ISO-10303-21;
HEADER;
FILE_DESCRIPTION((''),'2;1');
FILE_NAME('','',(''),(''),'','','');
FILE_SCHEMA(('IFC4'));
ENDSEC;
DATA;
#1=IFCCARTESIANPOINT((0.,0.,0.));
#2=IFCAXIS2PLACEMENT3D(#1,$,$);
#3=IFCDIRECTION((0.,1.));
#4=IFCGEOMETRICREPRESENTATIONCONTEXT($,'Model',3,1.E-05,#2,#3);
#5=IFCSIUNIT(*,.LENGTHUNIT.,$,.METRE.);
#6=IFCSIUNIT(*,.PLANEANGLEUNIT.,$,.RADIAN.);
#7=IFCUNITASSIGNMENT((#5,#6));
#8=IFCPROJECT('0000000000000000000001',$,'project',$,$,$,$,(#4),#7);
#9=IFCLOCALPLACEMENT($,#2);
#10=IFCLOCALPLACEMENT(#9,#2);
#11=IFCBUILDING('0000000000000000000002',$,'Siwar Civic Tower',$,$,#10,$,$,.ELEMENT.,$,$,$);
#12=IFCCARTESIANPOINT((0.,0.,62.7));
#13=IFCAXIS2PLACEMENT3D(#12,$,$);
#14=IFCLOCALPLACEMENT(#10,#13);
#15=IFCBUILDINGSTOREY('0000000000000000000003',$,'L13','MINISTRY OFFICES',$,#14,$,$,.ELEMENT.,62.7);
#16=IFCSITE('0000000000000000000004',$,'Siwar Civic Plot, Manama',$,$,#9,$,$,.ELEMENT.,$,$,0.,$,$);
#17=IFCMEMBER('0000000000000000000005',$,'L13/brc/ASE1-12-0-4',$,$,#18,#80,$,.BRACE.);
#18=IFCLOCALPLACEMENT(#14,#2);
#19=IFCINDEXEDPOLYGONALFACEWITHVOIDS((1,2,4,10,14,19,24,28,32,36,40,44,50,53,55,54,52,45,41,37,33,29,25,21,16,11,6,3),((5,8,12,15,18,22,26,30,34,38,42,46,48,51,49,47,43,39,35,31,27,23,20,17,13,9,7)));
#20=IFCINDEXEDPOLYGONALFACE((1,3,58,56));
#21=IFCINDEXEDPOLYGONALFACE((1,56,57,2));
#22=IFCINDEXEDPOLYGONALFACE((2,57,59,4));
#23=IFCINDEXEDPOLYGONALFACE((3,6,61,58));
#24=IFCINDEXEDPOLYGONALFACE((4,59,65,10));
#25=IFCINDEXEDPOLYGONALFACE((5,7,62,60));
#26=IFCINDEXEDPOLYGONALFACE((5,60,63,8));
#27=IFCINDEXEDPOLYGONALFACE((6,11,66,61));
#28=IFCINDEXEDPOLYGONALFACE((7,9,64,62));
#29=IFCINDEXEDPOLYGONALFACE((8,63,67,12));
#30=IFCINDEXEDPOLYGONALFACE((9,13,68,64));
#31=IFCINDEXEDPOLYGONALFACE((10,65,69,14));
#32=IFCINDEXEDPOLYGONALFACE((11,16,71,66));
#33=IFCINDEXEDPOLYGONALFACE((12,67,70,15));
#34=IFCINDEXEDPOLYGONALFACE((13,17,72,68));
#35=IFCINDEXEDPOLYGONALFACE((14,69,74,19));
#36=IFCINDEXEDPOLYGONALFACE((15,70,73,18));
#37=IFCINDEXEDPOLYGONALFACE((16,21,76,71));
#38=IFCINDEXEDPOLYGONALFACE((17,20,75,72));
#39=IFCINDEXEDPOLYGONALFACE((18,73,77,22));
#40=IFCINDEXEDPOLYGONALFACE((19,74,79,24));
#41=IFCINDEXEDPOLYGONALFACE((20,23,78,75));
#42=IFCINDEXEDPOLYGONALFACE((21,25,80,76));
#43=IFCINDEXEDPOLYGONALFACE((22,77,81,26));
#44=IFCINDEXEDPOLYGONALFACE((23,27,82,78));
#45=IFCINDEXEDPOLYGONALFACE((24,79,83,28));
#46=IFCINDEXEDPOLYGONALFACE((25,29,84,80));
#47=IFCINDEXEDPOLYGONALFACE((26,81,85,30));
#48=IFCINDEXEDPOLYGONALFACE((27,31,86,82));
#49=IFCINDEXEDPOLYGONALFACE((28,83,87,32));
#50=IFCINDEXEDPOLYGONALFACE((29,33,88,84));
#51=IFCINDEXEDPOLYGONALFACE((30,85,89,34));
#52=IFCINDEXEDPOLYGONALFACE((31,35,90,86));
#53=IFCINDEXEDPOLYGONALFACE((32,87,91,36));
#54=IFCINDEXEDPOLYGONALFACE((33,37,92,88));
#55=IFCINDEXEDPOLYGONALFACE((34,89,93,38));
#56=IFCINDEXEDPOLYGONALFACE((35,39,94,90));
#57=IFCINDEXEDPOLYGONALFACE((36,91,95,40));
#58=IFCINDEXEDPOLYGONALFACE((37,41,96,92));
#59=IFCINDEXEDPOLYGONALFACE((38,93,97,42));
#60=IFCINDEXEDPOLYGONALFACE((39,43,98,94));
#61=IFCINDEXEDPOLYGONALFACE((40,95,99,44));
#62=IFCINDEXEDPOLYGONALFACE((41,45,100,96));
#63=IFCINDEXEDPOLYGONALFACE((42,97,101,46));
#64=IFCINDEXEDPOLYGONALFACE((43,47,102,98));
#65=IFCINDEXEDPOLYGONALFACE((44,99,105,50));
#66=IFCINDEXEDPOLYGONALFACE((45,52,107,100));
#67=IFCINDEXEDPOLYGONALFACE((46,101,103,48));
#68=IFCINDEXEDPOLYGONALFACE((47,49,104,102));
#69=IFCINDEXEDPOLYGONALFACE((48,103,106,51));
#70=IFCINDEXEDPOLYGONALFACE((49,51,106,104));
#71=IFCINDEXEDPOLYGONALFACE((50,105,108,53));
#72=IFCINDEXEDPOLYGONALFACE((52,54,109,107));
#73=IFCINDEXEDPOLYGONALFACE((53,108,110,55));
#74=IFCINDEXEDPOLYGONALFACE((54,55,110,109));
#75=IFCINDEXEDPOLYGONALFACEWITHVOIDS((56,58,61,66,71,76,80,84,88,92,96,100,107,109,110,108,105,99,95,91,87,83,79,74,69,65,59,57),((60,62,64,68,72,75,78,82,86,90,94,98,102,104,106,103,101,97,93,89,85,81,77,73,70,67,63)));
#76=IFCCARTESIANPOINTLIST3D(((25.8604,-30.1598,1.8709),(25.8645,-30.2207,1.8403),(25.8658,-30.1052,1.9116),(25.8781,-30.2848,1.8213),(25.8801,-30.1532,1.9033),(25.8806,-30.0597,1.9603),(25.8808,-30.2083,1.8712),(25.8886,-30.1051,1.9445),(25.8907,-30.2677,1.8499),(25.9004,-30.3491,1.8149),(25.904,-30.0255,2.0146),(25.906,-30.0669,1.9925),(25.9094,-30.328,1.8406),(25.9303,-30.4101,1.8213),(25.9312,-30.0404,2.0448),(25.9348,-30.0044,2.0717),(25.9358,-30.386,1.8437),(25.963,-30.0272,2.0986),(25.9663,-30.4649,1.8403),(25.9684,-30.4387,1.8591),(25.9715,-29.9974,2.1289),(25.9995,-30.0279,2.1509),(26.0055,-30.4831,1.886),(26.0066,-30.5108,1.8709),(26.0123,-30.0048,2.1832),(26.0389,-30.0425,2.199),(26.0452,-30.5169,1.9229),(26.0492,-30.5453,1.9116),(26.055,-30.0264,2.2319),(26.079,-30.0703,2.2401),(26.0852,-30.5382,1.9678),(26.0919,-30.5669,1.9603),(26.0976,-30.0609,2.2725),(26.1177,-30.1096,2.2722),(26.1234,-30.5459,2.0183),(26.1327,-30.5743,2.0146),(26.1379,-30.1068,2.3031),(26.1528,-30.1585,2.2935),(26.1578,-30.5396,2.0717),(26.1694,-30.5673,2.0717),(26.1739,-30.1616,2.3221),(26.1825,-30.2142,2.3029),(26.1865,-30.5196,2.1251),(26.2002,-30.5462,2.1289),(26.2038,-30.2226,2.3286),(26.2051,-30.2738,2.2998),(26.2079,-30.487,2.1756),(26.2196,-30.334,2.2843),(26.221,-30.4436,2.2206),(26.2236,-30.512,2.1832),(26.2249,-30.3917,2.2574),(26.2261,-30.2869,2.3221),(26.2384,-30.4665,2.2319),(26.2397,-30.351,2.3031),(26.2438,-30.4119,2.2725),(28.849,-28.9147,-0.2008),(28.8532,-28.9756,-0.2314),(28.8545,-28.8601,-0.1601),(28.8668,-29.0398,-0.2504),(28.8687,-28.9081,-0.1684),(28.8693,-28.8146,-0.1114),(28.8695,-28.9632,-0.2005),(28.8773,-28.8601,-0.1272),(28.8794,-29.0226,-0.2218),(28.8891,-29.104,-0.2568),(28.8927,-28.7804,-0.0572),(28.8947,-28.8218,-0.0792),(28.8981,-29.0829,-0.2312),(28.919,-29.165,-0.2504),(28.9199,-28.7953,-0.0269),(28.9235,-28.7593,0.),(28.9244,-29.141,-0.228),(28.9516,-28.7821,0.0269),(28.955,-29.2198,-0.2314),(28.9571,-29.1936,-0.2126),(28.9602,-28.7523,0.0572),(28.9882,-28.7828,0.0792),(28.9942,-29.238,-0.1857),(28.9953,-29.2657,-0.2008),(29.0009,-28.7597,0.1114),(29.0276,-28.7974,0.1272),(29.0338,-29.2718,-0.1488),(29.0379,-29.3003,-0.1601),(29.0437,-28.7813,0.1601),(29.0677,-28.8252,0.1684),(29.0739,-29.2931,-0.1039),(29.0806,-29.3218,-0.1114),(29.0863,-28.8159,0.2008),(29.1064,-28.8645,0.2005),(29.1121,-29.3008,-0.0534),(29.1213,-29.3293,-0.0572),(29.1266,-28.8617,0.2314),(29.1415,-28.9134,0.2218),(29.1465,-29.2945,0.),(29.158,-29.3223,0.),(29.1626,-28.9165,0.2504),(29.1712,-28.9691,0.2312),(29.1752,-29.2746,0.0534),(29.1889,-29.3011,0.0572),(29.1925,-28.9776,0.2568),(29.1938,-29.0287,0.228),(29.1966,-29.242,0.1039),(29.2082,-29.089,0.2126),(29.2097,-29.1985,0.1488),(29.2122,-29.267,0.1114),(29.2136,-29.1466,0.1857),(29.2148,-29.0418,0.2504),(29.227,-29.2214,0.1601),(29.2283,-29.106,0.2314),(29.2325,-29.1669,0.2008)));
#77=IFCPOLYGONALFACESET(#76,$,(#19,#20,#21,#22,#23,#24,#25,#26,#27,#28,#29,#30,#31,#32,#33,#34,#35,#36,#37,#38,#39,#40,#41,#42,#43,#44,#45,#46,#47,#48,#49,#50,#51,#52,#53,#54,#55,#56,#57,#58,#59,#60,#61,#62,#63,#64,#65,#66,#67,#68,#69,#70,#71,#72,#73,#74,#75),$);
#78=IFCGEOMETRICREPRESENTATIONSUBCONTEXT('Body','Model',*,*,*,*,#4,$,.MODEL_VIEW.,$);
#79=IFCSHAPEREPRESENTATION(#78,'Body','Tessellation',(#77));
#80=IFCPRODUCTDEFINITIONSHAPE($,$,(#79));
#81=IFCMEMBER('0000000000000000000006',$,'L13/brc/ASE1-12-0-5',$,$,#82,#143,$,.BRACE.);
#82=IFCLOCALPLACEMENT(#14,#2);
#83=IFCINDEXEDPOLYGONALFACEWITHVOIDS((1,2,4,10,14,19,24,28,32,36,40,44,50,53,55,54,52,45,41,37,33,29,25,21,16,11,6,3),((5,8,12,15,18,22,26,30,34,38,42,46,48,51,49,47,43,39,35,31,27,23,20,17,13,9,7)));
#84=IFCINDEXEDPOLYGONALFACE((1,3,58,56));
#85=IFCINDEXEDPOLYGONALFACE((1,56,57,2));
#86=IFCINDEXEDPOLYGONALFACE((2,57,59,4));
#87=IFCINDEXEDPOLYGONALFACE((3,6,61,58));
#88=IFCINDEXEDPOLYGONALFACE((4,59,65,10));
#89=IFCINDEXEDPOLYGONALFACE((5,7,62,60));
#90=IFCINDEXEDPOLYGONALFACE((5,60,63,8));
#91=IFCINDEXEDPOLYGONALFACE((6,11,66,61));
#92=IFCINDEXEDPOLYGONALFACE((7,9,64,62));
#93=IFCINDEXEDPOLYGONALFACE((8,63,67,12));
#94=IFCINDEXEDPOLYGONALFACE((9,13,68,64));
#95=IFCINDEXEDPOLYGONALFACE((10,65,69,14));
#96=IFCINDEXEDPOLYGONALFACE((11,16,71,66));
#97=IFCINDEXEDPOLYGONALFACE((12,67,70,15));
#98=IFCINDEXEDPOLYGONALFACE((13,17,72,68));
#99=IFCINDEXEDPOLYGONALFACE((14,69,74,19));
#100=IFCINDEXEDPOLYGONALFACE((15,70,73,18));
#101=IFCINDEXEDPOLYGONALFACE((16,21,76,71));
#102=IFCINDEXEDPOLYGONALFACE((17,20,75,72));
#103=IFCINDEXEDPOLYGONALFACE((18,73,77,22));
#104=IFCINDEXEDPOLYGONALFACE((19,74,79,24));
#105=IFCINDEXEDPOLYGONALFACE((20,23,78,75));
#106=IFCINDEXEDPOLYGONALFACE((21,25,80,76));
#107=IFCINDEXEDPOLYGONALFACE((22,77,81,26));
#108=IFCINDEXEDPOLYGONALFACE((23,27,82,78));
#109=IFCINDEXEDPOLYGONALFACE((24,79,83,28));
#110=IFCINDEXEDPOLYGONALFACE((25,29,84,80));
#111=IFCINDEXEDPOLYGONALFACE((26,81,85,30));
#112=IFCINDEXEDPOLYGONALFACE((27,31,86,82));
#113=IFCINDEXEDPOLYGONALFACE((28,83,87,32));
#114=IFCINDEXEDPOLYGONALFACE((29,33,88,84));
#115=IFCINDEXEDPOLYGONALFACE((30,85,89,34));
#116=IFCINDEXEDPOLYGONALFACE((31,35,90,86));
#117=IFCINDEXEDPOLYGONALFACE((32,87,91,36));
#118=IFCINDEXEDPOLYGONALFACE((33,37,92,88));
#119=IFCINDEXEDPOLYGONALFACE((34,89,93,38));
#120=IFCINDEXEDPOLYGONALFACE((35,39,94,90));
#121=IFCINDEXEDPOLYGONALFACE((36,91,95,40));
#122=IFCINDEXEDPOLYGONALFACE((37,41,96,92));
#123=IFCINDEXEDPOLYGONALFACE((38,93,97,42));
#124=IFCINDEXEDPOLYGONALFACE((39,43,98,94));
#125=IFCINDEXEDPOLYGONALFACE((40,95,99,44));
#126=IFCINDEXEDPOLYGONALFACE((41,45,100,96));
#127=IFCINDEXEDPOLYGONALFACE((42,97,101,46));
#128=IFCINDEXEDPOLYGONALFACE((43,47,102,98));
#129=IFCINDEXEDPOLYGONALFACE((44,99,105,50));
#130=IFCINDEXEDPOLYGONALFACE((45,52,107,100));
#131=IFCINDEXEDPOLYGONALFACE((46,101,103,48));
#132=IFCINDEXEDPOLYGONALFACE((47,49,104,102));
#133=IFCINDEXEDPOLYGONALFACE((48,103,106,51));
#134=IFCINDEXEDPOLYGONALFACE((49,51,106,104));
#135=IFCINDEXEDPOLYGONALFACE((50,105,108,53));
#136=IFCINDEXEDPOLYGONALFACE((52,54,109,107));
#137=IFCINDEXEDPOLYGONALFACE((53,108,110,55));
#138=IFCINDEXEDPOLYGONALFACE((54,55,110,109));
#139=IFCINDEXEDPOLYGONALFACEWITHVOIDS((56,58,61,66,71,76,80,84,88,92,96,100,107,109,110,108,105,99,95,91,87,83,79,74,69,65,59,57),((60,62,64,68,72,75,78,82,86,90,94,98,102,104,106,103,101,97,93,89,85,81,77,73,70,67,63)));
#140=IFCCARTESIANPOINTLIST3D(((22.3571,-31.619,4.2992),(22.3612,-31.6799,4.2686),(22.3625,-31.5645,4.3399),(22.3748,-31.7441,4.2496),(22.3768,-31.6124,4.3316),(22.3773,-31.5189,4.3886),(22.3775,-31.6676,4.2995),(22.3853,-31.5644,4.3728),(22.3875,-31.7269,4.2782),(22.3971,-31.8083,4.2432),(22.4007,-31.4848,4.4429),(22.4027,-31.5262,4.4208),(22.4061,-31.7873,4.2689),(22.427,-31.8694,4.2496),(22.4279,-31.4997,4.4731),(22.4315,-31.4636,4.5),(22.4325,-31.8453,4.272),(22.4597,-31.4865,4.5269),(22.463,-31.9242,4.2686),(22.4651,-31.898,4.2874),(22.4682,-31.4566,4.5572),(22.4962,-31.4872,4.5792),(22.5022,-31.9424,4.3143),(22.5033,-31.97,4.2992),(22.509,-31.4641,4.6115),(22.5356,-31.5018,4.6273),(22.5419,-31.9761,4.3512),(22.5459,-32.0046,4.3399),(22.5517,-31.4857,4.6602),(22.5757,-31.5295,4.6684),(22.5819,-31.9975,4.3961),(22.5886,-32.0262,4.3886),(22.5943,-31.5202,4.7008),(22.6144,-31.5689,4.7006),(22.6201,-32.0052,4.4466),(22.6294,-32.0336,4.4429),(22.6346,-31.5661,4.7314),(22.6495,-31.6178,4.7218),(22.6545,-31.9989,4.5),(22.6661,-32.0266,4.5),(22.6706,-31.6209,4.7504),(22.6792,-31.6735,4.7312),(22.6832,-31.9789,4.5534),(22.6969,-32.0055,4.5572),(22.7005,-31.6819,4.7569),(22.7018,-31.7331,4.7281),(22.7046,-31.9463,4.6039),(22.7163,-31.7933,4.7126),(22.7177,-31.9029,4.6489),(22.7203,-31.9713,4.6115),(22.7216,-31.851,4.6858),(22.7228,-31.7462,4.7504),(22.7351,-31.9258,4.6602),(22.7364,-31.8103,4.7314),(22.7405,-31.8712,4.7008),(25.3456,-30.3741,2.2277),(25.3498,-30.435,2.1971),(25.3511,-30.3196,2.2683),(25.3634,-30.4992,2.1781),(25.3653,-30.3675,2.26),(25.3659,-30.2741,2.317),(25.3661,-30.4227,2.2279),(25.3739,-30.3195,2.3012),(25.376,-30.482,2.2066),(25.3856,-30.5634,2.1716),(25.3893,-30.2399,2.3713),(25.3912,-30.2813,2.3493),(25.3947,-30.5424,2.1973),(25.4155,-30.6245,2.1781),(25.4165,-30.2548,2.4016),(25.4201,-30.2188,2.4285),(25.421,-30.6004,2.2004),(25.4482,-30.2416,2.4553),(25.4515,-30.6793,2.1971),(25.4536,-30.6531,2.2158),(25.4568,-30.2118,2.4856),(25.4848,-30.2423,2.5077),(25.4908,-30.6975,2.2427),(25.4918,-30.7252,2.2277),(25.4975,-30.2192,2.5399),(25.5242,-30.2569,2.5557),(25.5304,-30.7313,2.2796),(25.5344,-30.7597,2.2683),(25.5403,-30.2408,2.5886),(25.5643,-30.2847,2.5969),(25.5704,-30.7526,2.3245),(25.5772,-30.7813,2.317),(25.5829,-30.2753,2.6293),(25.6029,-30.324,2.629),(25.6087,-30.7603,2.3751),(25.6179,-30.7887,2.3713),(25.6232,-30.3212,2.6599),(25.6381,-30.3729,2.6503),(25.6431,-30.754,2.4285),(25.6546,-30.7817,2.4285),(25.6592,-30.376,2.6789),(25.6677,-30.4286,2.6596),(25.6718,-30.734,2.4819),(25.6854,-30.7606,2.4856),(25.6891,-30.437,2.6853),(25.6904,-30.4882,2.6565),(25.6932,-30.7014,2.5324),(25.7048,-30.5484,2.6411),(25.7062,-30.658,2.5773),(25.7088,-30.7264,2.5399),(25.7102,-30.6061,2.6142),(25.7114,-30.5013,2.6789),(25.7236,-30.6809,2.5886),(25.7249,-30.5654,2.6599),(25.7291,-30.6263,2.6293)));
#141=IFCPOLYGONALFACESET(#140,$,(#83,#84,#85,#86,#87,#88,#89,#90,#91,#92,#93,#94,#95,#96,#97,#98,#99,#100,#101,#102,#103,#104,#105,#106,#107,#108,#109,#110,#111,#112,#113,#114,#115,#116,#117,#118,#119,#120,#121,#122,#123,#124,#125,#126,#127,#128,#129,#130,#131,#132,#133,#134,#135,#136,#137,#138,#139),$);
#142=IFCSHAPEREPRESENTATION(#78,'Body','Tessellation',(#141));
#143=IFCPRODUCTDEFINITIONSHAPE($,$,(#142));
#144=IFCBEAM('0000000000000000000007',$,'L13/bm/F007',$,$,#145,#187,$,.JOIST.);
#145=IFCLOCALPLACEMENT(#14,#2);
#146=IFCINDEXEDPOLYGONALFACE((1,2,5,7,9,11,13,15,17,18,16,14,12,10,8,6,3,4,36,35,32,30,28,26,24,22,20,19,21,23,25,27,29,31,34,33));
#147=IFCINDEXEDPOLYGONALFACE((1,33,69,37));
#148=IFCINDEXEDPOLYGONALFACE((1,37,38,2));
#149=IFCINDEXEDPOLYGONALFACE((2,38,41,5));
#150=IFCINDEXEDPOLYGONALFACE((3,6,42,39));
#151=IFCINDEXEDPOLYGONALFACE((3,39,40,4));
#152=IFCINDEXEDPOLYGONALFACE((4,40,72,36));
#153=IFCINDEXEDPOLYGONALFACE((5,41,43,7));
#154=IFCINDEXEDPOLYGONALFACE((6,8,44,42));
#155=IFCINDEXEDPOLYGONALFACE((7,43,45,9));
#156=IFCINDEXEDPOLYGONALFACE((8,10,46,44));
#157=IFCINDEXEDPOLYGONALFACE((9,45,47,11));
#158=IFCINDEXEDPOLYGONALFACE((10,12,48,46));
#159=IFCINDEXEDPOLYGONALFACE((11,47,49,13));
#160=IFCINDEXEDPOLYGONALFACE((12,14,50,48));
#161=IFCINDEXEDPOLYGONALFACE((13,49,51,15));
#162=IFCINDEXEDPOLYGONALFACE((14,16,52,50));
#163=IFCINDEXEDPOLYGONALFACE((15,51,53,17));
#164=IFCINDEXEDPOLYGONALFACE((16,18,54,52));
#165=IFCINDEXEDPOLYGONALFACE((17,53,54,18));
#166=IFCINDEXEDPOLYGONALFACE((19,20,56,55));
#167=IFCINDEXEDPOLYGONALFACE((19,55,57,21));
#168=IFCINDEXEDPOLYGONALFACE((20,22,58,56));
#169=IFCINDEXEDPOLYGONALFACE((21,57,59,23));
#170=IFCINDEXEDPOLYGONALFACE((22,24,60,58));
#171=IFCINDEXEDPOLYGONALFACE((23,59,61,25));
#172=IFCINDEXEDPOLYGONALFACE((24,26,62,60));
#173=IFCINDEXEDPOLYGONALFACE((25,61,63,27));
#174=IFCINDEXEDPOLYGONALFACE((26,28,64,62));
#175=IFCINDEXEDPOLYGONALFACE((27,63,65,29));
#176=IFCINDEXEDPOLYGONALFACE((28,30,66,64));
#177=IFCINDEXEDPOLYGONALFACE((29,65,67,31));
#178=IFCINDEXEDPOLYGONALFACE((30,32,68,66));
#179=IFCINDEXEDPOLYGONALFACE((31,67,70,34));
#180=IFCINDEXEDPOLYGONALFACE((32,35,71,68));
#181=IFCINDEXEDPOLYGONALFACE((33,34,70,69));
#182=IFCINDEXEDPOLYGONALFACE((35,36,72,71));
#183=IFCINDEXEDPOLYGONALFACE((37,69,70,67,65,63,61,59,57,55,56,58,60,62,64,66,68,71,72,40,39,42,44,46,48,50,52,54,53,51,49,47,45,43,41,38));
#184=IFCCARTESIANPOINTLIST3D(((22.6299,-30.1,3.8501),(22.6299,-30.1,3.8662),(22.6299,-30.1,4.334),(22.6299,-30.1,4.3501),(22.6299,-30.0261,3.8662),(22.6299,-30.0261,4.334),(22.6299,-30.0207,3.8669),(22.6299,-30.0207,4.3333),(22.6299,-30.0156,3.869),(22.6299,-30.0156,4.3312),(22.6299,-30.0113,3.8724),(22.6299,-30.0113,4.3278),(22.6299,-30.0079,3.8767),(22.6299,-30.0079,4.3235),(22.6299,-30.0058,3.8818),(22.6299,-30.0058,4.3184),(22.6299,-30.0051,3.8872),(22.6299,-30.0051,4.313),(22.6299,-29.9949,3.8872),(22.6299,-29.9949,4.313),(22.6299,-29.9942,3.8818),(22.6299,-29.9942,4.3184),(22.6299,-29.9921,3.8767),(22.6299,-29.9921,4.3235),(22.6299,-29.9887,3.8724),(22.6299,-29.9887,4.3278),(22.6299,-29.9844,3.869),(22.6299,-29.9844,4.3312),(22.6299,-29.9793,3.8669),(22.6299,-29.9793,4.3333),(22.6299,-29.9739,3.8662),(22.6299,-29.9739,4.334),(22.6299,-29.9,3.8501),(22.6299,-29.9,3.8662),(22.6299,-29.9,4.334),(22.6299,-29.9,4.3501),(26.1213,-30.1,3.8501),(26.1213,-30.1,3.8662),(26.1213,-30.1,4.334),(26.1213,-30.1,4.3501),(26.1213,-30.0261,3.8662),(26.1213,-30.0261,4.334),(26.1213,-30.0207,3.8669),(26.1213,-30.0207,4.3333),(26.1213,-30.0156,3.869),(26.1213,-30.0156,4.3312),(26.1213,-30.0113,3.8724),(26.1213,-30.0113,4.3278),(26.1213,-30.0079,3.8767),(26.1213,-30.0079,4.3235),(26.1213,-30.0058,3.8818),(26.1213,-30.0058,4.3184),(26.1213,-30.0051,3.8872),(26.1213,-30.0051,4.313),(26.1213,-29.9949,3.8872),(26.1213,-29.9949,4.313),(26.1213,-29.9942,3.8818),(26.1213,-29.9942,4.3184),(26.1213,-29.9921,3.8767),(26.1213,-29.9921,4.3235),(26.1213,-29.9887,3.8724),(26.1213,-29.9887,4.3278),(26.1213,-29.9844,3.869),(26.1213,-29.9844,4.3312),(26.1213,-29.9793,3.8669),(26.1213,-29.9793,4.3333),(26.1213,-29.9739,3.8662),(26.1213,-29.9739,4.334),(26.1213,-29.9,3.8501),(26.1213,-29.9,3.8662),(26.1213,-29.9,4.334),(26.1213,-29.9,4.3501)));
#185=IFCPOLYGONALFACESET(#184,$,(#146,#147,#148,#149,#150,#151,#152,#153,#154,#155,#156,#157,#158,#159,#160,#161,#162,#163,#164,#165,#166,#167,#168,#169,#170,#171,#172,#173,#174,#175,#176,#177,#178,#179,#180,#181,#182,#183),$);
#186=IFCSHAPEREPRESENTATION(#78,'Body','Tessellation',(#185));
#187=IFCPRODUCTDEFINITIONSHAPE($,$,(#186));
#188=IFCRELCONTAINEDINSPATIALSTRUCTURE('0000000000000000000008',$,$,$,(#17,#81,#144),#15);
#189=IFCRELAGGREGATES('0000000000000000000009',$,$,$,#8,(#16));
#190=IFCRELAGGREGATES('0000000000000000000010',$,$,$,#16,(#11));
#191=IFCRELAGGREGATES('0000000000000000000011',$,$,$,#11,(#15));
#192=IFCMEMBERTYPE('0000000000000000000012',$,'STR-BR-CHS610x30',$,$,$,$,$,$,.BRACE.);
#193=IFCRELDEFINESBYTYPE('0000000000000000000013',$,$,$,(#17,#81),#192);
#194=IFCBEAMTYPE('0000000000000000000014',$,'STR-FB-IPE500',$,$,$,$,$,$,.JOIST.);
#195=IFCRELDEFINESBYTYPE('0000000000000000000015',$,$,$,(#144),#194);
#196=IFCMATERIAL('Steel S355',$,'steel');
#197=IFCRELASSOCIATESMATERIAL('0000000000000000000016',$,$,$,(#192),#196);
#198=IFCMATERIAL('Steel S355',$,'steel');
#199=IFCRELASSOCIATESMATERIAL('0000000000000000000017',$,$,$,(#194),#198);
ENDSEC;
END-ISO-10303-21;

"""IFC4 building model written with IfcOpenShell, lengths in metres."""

from ifc_helpers import new_model, si_unit, direction, frame, origin, origin_2d, place, context, subcontext, project, spatial, hollow_circle, i_section, extrude, material, material_profile, profile_set, type_object, element, save


model = new_model("IFC4")

# Units and contexts
model_context = context("Model", 3, precision=1e-05, world=origin(), true_north=direction((0.0, 1.0)))
body_context = subcontext(model_context, "Body", "Model", "MODEL_VIEW")
ifc_project = project(units=[si_unit("LENGTHUNIT", "METRE"), si_unit("PLANEANGLEUNIT", "RADIAN")], contexts=[model_context])

# Site, building, storey
site_placement = place(None, origin())
site = spatial("IfcSite", under=ifc_project, at=site_placement, Name="Siwar Civic Plot, Manama", CompositionType="ELEMENT", RefElevation=0.0)
building_placement = place(site_placement, origin())
building = spatial("IfcBuilding", under=site, at=building_placement, Name="Siwar Civic Tower", CompositionType="ELEMENT")
storey_placement = place(building_placement, frame((0.0, 0.0, 62.7)))
storey = spatial("IfcBuildingStorey", under=building, at=storey_placement, Name="L13", Description="MINISTRY OFFICES", CompositionType="ELEMENT", Elevation=62.7)

# Members
ifc_material_1 = material(Name="Steel S355", Category="steel")
ifc_material_profile_1 = material_profile(ifc_material_1, hollow_circle(Radius=0.3049, WallThickness=0.03, at=origin_2d()), Name="CHS610x30")
ifc_profile_set_1 = profile_set([ifc_material_profile_1], Name="Steel S355")
member_type_1 = type_object("IfcMemberType", Name="STR-BR-CHS610x30", PredefinedType="BRACE", material=ifc_profile_set_1)
member_1_placement = place(storey_placement, frame((29.0408, -29.0408, 0.0), z_axis=(-0.777542, -0.323923, 0.538982), x_axis=(0.384562, -0.923099, 0.0)))
element("IfcMember", 1, at=member_1_placement, inside=storey, type_object=member_type_1, Name="L13/brc/ASE1-12-0-4", PredefinedType="BRACE", context=body_context, shape_type="SweptSolid", body=[
    extrude(hollow_circle(Radius=0.3049, WallThickness=0.03, at=origin_2d()), origin(), (0.0, 0.0, 1.0), 3.8438),
])
member_2_placement = place(storey_placement, frame((25.5374, -30.5002, 2.4285), z_axis=(-0.77756, -0.323893, 0.538975), x_axis=(0.384524, -0.923115, 0.0)))
element("IfcMember", 2, at=member_2_placement, inside=storey, type_object=member_type_1, Name="L13/brc/ASE1-12-0-5", PredefinedType="BRACE", context=body_context, shape_type="SweptSolid", body=[
    extrude(hollow_circle(Radius=0.3049, WallThickness=0.03, at=origin_2d()), origin(), (0.0, 0.0, 1.0), 3.8435),
])

# Beam
ifc_material_2 = material(Name="Steel S355", Category="steel")
ifc_material_profile_2 = material_profile(ifc_material_2, i_section(OverallWidth=0.2, OverallDepth=0.5, WebThickness=0.0103, FlangeThickness=0.0161, FilletRadius=0.021, at=origin_2d()), Name="IPE500")
ifc_profile_set_2 = profile_set([ifc_material_profile_2], Name="Steel S355")
beam_type_1 = type_object("IfcBeamType", Name="STR-FB-IPE500", PredefinedType="JOIST", material=ifc_profile_set_2)
beam_1_placement = place(storey_placement, frame((22.6299, -30.0, 4.1001), z_axis=(1.0, 0.0, 0.0), x_axis=(0.0, 1.0, 0.0)))
element("IfcBeam", 3, at=beam_1_placement, inside=storey, type_object=beam_type_1, Name="L13/bm/F007", PredefinedType="JOIST", context=body_context, shape_type="SweptSolid", body=[
    extrude(i_section(OverallWidth=0.2, OverallDepth=0.5, WebThickness=0.0103, FlangeThickness=0.0161, FilletRadius=0.021, at=origin_2d()), origin(), (0.0, 0.0, 1.0), 3.4915),
])

save(model, "model.ifc")
